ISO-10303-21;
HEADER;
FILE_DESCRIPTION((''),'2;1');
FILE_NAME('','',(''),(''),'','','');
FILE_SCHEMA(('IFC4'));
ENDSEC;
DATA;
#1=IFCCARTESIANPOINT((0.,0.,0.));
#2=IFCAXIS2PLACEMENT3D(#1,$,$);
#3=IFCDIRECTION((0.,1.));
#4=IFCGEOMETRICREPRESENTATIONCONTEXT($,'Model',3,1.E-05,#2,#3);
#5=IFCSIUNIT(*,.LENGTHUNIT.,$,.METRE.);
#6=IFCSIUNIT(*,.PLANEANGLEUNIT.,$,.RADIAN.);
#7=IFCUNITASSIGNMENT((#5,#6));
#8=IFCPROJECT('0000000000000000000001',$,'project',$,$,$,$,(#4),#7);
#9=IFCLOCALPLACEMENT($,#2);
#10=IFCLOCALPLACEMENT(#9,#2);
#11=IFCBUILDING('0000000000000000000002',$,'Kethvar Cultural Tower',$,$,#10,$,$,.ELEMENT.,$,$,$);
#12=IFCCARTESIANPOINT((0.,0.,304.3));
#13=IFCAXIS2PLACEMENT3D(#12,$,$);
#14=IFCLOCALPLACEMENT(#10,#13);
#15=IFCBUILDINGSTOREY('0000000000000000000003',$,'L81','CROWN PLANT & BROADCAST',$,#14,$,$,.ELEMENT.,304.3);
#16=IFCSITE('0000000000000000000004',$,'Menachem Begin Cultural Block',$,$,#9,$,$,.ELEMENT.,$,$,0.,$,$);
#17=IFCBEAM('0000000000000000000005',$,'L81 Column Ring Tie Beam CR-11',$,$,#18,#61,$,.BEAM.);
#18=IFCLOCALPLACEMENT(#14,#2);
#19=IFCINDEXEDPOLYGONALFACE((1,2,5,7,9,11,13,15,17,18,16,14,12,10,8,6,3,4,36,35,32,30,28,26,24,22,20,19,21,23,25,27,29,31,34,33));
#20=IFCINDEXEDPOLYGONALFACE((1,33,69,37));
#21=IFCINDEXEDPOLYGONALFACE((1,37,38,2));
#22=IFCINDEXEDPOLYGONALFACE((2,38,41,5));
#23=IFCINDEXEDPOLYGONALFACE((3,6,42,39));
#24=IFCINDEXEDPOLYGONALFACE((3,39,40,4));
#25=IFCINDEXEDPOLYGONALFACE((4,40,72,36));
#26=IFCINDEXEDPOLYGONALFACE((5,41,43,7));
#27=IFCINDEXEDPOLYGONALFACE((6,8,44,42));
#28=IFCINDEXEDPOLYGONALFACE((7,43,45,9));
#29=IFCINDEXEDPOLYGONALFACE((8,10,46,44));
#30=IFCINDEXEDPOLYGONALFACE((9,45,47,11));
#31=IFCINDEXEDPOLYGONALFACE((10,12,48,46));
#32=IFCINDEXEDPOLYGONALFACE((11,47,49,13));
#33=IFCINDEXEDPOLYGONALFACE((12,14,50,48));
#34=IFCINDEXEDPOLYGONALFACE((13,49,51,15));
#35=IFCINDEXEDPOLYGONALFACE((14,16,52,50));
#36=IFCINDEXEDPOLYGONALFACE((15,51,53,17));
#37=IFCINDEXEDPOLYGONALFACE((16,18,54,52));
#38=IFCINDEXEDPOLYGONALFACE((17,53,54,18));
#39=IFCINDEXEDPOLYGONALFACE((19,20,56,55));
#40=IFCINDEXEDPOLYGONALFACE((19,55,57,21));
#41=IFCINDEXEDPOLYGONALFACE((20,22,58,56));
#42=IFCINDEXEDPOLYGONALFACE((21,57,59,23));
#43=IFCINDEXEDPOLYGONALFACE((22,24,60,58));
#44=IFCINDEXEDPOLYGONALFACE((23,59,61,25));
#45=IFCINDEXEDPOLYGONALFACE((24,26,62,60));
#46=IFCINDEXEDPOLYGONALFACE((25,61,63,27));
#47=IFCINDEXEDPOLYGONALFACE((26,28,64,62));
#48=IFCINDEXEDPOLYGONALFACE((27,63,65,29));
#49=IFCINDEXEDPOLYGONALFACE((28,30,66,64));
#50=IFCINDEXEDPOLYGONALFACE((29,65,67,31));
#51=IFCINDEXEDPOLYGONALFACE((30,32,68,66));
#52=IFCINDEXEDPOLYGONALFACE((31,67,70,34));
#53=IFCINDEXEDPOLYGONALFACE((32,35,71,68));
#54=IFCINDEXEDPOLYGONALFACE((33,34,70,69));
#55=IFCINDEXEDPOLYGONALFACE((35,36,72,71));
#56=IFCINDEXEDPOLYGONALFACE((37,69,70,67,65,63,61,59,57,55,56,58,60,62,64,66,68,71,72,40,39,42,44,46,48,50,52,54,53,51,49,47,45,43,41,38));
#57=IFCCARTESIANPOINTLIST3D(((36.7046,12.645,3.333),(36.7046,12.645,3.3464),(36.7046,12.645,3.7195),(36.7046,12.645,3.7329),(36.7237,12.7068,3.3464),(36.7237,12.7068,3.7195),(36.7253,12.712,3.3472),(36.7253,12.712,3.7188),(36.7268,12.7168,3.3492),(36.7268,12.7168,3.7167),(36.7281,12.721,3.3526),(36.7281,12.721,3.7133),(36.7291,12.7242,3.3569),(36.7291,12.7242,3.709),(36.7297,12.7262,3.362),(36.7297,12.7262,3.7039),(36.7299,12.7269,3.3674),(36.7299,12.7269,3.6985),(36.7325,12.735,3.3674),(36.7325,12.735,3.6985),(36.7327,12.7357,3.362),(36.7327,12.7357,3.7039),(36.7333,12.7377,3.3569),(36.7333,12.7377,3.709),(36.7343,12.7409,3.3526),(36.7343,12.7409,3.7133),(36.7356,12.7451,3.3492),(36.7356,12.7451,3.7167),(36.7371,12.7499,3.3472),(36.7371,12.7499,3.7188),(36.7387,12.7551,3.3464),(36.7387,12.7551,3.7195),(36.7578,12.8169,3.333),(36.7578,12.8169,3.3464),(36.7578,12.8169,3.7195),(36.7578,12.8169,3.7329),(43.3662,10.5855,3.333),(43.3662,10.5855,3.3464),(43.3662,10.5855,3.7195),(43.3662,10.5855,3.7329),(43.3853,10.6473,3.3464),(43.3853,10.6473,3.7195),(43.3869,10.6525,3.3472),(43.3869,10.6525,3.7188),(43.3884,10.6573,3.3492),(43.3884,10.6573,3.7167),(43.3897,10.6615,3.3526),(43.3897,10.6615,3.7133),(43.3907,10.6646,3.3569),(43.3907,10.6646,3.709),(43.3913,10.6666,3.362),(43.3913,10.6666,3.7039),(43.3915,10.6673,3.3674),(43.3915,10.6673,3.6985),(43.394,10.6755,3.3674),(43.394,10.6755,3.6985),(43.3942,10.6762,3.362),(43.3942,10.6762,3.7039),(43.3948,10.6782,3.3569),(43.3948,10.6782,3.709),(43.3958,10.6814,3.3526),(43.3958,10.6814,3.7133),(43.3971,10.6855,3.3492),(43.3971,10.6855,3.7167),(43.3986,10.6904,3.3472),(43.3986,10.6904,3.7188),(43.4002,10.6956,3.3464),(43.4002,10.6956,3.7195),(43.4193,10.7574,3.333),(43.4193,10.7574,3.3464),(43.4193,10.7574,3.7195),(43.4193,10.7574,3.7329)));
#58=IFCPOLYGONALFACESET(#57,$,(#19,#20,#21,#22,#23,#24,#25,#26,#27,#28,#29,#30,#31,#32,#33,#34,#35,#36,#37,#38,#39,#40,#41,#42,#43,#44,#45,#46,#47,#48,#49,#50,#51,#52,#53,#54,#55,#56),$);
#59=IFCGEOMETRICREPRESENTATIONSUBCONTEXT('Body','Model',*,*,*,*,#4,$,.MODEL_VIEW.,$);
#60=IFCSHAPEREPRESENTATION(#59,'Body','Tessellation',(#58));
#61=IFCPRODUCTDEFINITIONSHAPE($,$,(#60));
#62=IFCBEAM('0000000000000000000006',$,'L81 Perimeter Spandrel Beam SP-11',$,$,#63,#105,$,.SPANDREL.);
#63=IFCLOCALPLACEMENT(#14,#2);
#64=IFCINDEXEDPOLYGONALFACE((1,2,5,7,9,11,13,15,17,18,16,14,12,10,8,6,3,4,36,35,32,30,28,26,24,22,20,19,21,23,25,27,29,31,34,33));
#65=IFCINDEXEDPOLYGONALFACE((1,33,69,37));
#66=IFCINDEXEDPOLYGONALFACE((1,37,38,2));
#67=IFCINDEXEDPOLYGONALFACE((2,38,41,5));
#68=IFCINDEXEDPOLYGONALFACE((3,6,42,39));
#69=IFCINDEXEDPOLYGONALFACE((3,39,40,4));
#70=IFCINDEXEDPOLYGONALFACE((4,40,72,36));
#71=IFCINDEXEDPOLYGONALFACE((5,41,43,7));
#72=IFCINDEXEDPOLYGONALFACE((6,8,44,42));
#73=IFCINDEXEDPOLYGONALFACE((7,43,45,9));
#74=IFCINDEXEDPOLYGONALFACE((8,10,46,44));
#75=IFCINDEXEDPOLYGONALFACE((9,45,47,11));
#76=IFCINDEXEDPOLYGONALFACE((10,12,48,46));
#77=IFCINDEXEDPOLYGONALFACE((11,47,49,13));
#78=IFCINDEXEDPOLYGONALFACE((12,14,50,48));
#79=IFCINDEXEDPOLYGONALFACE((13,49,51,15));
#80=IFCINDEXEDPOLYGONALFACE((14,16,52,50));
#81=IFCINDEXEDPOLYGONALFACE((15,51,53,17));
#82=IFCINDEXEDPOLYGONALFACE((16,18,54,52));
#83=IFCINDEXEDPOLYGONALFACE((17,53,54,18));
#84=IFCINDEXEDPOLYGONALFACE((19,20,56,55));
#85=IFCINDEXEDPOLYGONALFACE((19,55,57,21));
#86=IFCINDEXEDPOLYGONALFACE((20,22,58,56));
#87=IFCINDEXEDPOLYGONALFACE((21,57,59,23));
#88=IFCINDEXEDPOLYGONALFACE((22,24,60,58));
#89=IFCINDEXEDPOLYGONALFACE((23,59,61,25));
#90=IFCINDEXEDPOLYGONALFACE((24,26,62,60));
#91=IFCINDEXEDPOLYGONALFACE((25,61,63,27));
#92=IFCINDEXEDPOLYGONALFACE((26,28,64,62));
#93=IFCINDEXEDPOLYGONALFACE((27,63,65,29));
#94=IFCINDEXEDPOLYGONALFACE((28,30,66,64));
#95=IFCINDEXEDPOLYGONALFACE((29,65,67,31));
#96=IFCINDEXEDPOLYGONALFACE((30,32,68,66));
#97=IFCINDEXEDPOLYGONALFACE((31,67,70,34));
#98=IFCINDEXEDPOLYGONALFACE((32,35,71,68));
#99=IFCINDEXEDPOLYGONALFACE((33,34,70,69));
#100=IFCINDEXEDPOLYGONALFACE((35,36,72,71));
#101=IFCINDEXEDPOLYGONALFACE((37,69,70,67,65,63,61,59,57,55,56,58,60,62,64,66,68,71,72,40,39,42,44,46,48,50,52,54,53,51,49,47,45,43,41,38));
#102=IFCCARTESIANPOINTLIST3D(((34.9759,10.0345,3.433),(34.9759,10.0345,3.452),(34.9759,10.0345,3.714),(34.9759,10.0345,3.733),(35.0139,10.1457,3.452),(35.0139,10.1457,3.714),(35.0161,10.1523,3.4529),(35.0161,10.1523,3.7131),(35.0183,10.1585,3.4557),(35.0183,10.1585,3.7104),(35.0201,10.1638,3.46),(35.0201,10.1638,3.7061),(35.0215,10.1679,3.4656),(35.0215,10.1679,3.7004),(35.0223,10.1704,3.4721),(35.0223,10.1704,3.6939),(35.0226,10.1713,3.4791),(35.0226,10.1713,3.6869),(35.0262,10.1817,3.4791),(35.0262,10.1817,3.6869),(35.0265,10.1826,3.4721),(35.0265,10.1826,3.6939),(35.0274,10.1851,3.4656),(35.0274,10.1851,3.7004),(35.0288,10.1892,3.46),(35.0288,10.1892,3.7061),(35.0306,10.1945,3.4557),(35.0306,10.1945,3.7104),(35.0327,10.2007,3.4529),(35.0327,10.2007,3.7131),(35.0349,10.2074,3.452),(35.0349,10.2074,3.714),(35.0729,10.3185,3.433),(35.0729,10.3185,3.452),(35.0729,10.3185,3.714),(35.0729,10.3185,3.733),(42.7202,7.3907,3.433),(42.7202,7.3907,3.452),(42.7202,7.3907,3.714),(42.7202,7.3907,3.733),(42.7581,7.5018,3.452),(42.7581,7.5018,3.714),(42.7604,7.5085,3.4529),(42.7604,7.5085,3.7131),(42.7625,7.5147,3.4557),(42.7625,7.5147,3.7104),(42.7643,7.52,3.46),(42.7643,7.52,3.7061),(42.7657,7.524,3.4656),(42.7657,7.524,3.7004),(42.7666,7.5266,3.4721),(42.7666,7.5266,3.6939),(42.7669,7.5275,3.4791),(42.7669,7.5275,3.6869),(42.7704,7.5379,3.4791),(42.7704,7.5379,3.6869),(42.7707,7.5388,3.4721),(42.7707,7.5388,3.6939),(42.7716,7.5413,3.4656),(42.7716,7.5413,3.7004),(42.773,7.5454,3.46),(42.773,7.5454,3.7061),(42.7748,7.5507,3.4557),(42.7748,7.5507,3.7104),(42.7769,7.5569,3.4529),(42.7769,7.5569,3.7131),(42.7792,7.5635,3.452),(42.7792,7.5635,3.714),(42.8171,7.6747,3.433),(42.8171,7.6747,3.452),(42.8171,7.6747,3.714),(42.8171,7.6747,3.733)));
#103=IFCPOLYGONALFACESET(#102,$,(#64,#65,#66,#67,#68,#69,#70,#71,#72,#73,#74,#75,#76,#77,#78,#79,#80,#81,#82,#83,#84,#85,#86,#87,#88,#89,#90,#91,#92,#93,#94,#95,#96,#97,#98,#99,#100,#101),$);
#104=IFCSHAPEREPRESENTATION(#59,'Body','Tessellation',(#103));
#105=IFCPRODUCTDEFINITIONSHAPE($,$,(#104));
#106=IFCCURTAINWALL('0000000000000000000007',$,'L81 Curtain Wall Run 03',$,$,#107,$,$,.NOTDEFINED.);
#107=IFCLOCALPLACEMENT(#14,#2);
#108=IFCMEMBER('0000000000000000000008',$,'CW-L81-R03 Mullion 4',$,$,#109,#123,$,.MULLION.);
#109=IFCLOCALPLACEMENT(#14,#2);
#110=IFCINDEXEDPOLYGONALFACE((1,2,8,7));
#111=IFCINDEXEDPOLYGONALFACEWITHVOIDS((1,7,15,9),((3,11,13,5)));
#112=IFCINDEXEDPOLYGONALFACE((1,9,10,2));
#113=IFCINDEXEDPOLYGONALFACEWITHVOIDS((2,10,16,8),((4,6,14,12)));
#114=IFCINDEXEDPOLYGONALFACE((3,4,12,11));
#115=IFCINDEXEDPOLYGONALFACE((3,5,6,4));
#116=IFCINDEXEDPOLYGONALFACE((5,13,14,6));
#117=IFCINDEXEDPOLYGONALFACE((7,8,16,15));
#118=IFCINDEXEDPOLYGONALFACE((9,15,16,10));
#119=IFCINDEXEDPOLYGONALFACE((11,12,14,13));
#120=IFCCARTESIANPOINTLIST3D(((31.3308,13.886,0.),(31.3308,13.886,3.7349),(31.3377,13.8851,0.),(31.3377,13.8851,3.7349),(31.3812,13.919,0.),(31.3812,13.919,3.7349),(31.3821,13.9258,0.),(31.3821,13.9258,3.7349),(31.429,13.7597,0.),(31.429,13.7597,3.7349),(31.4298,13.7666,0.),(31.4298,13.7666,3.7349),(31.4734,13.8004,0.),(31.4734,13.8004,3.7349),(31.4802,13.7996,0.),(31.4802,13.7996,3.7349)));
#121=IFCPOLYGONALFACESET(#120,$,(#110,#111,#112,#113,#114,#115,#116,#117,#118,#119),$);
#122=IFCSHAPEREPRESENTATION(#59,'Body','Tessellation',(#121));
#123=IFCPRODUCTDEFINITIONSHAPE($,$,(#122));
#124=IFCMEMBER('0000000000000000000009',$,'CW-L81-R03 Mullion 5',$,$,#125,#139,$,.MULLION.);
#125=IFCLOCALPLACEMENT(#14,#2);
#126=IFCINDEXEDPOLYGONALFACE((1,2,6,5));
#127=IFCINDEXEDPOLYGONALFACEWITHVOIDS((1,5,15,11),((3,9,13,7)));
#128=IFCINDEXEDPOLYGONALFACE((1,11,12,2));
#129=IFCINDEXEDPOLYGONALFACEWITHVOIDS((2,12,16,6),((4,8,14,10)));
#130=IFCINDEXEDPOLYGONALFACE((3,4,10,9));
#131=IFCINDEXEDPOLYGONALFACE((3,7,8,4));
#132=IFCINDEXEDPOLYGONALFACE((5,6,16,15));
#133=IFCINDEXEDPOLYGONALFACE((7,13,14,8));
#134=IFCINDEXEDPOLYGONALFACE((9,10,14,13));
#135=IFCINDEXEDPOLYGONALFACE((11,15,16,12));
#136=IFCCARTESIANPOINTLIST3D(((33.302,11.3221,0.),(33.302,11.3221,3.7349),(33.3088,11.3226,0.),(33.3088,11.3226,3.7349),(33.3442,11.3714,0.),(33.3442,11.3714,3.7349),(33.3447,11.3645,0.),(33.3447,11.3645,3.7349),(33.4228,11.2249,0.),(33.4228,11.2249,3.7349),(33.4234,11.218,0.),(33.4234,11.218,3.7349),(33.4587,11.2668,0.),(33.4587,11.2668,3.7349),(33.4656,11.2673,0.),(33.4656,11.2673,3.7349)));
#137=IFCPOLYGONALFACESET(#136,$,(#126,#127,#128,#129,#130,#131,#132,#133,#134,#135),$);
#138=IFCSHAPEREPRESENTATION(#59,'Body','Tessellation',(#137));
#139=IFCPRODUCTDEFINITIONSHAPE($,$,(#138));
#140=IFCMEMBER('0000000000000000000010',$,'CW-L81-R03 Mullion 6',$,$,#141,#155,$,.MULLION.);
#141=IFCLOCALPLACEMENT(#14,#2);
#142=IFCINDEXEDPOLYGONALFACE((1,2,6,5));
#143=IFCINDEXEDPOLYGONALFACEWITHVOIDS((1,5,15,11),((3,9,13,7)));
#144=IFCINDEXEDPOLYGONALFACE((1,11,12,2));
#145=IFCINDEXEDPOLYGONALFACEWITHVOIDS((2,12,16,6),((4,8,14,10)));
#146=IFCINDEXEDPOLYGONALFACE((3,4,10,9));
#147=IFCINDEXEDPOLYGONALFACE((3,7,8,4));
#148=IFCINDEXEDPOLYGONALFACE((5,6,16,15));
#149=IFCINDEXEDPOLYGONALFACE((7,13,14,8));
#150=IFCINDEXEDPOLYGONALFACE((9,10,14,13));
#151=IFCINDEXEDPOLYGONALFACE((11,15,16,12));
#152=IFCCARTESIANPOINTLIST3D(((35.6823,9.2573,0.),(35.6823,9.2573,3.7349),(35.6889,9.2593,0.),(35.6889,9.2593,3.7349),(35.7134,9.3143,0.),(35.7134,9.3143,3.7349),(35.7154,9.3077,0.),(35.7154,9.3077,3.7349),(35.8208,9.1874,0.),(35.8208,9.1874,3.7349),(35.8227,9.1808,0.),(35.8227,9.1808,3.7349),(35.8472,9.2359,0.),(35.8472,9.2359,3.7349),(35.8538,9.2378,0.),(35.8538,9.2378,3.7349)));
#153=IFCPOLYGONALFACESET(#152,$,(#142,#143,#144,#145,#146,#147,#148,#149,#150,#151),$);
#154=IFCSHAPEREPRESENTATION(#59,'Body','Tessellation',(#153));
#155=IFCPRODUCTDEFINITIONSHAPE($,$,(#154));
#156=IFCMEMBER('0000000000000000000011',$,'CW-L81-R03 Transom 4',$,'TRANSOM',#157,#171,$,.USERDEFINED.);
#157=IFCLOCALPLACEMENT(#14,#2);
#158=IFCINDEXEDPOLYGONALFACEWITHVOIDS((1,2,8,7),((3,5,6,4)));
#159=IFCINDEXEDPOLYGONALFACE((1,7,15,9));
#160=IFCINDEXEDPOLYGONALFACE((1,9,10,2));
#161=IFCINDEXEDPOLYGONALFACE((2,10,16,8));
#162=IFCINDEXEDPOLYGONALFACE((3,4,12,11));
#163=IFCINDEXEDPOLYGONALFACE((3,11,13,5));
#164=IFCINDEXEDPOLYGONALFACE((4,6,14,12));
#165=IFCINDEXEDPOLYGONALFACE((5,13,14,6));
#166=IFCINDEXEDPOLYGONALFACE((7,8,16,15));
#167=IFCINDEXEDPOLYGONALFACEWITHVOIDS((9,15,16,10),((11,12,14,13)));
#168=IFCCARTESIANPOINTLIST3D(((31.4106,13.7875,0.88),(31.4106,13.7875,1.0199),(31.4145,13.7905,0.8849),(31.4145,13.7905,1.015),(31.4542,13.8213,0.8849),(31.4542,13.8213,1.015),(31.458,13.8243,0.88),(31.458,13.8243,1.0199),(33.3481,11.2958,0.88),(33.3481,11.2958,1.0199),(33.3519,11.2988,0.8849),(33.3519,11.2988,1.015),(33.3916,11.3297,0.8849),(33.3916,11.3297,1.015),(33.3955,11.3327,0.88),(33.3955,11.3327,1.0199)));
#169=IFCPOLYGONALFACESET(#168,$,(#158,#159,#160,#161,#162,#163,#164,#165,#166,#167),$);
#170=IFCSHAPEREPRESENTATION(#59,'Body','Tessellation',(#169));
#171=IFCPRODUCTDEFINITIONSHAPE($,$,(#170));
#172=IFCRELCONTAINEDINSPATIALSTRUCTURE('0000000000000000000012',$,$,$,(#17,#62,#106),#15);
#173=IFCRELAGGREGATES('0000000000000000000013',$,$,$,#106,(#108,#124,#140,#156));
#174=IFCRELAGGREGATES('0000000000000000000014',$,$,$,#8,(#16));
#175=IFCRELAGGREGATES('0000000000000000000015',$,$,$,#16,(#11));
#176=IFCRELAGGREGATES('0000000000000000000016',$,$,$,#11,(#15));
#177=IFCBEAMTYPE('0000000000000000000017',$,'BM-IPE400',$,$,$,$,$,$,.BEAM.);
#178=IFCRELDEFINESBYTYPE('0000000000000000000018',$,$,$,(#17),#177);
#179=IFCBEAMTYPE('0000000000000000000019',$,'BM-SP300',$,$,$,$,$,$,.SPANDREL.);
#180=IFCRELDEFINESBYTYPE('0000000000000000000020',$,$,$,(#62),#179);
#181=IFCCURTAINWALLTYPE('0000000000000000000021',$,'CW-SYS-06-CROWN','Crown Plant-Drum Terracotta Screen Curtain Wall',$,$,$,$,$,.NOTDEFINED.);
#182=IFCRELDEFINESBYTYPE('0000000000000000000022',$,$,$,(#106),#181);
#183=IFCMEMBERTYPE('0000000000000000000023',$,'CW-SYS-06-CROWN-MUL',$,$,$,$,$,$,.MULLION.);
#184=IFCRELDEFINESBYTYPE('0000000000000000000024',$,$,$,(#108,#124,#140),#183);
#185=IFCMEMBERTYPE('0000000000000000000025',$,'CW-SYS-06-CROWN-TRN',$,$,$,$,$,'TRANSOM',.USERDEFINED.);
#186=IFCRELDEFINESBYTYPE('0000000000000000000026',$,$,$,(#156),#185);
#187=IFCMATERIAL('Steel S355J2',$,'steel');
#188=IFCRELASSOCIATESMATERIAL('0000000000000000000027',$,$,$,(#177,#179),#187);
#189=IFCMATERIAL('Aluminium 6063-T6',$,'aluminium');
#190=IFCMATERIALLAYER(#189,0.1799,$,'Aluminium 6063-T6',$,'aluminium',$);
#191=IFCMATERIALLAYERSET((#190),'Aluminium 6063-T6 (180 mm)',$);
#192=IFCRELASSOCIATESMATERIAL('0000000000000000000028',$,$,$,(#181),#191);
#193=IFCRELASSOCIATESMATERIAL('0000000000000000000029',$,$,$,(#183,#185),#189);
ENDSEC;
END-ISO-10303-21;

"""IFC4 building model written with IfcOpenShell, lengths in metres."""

from ifc_helpers import new_model, si_unit, direction, frame, origin, origin_2d, place, context, subcontext, project, spatial, hollow_rectangle, i_section, extrude, source, transform, mapped, material, layer, layer_set, material_profile, profile_set, type_object, element, aggregate, save


model = new_model("IFC4")

# Units and contexts
model_context = context("Model", 3, precision=1e-05, world=origin(), true_north=direction((0.0, 1.0)))
body_context = subcontext(model_context, "Body", "Model", "MODEL_VIEW")
ifc_project = project(units=[si_unit("LENGTHUNIT", "METRE"), si_unit("PLANEANGLEUNIT", "RADIAN")], contexts=[model_context])

# Site, building, storey
site_placement = place(None, origin())
site = spatial("IfcSite", under=ifc_project, at=site_placement, Name="Menachem Begin Cultural Block", CompositionType="ELEMENT", RefElevation=0.0)
building_placement = place(site_placement, origin())
building = spatial("IfcBuilding", under=site, at=building_placement, Name="Kethvar Cultural Tower", CompositionType="ELEMENT")
storey_placement = place(building_placement, frame((0.0, 0.0, 304.3)))
storey = spatial("IfcBuildingStorey", under=building, at=storey_placement, Name="L81", Description="CROWN PLANT & BROADCAST", CompositionType="ELEMENT", Elevation=304.3)

# Shared definitions
ifc_material_1 = material(Name="Steel S355J2", Category="steel")

# Beams
ifc_material_profile_1 = material_profile(ifc_material_1, i_section(OverallWidth=0.1799, OverallDepth=0.3999, WebThickness=0.0085, FlangeThickness=0.0134, FilletRadius=0.021, at=origin_2d()), Name="Steel S355J2 — IPE400")
ifc_profile_set_1 = profile_set([ifc_material_profile_1], Name="Steel S355J2 — IPE400")
beam_type_1 = type_object("IfcBeamType", Name="BM-IPE400", PredefinedType="BEAM", material=ifc_profile_set_1)
shared_shape_1 = source(origin(), body_context, "Body", "SweptSolid", [
    extrude(i_section(OverallWidth=0.1799, OverallDepth=0.3999, WebThickness=0.0085, FlangeThickness=0.0134, FilletRadius=0.021, at=origin_2d()), origin(), (0.0, 0.0, 1.0), 6.9727),
])
beam_1_placement = place(storey_placement, frame((36.7312, 12.731, 3.533), z_axis=(0.955381, -0.295375, 0.0), x_axis=(0.295375, 0.955381, 0.0)))
element("IfcBeam", 1, at=beam_1_placement, inside=storey, type_object=beam_type_1, Name="L81 Column Ring Tie Beam CR-11", PredefinedType="BEAM", context=body_context, shape_type="MappedRepresentation", body=[
    mapped(shared_shape_1, transform((0.0, 0.0, 0.0), scale=1.0)),
])
ifc_material_profile_2 = material_profile(ifc_material_1, i_section(OverallWidth=0.3, OverallDepth=0.3, WebThickness=0.011, FlangeThickness=0.019, FilletRadius=0.0271, at=origin_2d()), Name="Steel S355J2 — HEB300")
ifc_profile_set_2 = profile_set([ifc_material_profile_2], Name="Steel S355J2 — HEB300")
beam_type_2 = type_object("IfcBeamType", Name="BM-SP300", PredefinedType="SPANDREL", material=ifc_profile_set_2)
shared_shape_2 = source(origin(), body_context, "Body", "SweptSolid", [
    extrude(i_section(OverallWidth=0.3, OverallDepth=0.3, WebThickness=0.011, FlangeThickness=0.019, FilletRadius=0.0271, at=origin_2d()), origin(), (0.0, 0.0, 1.0), 8.1831),
])
beam_2_placement = place(storey_placement, frame((35.0244, 10.1765, 3.583), z_axis=(0.94637, -0.323085, 0.0), x_axis=(0.323085, 0.94637, 0.0)))
element("IfcBeam", 2, at=beam_2_placement, inside=storey, type_object=beam_type_2, Name="L81 Perimeter Spandrel Beam SP-11", PredefinedType="SPANDREL", context=body_context, shape_type="MappedRepresentation", body=[
    mapped(shared_shape_2, transform((0.0, 0.0, 0.0), scale=1.0)),
])

# Curtain wall, members
ifc_material_2 = material(Name="Aluminium 6063-T6", Category="aluminium")
ifc_layer_1 = layer(ifc_material_2, 0.1799, Name="Aluminium 6063-T6", Category="aluminium")
ifc_layer_set_1 = layer_set([ifc_layer_1], Name="Aluminium 6063-T6 (180 mm)")
curtain_wall_type = type_object("IfcCurtainWallType", Name="CW-SYS-06-CROWN", Description="Crown Plant-Drum Terracotta Screen Curtain Wall", PredefinedType="NOTDEFINED", material=ifc_layer_set_1)
curtain_wall_placement = place(storey_placement, origin())
curtain_wall = element("IfcCurtainWall", 3, at=curtain_wall_placement, inside=storey, type_object=curtain_wall_type, Name="L81 Curtain Wall Run 03", PredefinedType="NOTDEFINED")
ifc_material_profile_3 = material_profile(ifc_material_2, hollow_rectangle(XDim=0.0649, YDim=0.1599, WallThickness=0.0049, at=origin_2d()), Name="Aluminium 6063-T6 — RHS160x65x5")
ifc_profile_set_3 = profile_set([ifc_material_profile_3], Name="Aluminium 6063-T6 — RHS160x65x5")
member_type_1 = type_object("IfcMemberType", Name="CW-SYS-06-CROWN-MUL", PredefinedType="MULLION", material=ifc_profile_set_3)
shared_shape_3 = source(origin(), body_context, "Body", "SweptSolid", [
    extrude(hollow_rectangle(XDim=0.0649, YDim=0.1599, WallThickness=0.0049, at=origin_2d()), origin(), (0.0, 0.0, 1.0), 3.7349),
])
member_1_placement = place(storey_placement, frame((31.4055, 13.8428, 0.0), z_axis=(0.0, 0.0, 1.0), x_axis=(0.789427, 0.613844, 0.0)))
member_1 = element("IfcMember", 4, at=member_1_placement, type_object=member_type_1, Name="CW-L81-R03 Mullion 4", PredefinedType="MULLION", context=body_context, shape_type="MappedRepresentation", body=[
    mapped(shared_shape_3, transform((0.0, 0.0, 0.0), scale=1.0)),
])
member_2_placement = place(storey_placement, frame((33.3838, 11.2947, 0.0), z_axis=(0.0, 0.0, 1.0), x_axis=(0.650801, 0.759249, 0.0)))
member_2 = element("IfcMember", 5, at=member_2_placement, type_object=member_type_1, Name="CW-L81-R03 Mullion 5", PredefinedType="MULLION", context=body_context, shape_type="MappedRepresentation", body=[
    mapped(shared_shape_3, transform((0.0, 0.0, 0.0), scale=1.0)),
])
member_3_placement = place(storey_placement, frame((35.7681, 9.2476, 0.0), z_axis=(0.0, 0.0, 1.0), x_axis=(0.478554, 0.878058, 0.0)))
member_3 = element("IfcMember", 6, at=member_3_placement, type_object=member_type_1, Name="CW-L81-R03 Mullion 6", PredefinedType="MULLION", context=body_context, shape_type="MappedRepresentation", body=[
    mapped(shared_shape_3, transform((0.0, 0.0, 0.0), scale=1.0)),
])
ifc_material_profile_4 = material_profile(ifc_material_2, hollow_rectangle(XDim=0.0601, YDim=0.1399, WallThickness=0.0049, at=origin_2d()), Name="Aluminium 6063-T6 — RHS140x60x5")
ifc_profile_set_4 = profile_set([ifc_material_profile_4], Name="Aluminium 6063-T6 — RHS140x60x5")
member_type_2 = type_object("IfcMemberType", Name="CW-SYS-06-CROWN-TRN", ElementType="TRANSOM", PredefinedType="USERDEFINED", material=ifc_profile_set_4)
shared_shape_4 = source(origin(), body_context, "Body", "SweptSolid", [
    extrude(hollow_rectangle(XDim=0.0601, YDim=0.1399, WallThickness=0.0049, at=origin_2d()), origin(), (0.0, 0.0, 1.0), 3.1562),
])
member_4_placement = place(storey_placement, frame((31.4343, 13.8059, 0.95), z_axis=(0.613844, -0.789427, 0.0), x_axis=(0.789427, 0.613844, 0.0)))
member_4 = element("IfcMember", 7, at=member_4_placement, type_object=member_type_2, Name="CW-L81-R03 Transom 4", ObjectType="TRANSOM", PredefinedType="USERDEFINED", context=body_context, shape_type="MappedRepresentation", body=[
    mapped(shared_shape_4, transform((0.0, 0.0, 0.0), scale=1.0)),
])
aggregate(curtain_wall, [member_1, member_2, member_3, member_4])

save(model, "model.ifc")
